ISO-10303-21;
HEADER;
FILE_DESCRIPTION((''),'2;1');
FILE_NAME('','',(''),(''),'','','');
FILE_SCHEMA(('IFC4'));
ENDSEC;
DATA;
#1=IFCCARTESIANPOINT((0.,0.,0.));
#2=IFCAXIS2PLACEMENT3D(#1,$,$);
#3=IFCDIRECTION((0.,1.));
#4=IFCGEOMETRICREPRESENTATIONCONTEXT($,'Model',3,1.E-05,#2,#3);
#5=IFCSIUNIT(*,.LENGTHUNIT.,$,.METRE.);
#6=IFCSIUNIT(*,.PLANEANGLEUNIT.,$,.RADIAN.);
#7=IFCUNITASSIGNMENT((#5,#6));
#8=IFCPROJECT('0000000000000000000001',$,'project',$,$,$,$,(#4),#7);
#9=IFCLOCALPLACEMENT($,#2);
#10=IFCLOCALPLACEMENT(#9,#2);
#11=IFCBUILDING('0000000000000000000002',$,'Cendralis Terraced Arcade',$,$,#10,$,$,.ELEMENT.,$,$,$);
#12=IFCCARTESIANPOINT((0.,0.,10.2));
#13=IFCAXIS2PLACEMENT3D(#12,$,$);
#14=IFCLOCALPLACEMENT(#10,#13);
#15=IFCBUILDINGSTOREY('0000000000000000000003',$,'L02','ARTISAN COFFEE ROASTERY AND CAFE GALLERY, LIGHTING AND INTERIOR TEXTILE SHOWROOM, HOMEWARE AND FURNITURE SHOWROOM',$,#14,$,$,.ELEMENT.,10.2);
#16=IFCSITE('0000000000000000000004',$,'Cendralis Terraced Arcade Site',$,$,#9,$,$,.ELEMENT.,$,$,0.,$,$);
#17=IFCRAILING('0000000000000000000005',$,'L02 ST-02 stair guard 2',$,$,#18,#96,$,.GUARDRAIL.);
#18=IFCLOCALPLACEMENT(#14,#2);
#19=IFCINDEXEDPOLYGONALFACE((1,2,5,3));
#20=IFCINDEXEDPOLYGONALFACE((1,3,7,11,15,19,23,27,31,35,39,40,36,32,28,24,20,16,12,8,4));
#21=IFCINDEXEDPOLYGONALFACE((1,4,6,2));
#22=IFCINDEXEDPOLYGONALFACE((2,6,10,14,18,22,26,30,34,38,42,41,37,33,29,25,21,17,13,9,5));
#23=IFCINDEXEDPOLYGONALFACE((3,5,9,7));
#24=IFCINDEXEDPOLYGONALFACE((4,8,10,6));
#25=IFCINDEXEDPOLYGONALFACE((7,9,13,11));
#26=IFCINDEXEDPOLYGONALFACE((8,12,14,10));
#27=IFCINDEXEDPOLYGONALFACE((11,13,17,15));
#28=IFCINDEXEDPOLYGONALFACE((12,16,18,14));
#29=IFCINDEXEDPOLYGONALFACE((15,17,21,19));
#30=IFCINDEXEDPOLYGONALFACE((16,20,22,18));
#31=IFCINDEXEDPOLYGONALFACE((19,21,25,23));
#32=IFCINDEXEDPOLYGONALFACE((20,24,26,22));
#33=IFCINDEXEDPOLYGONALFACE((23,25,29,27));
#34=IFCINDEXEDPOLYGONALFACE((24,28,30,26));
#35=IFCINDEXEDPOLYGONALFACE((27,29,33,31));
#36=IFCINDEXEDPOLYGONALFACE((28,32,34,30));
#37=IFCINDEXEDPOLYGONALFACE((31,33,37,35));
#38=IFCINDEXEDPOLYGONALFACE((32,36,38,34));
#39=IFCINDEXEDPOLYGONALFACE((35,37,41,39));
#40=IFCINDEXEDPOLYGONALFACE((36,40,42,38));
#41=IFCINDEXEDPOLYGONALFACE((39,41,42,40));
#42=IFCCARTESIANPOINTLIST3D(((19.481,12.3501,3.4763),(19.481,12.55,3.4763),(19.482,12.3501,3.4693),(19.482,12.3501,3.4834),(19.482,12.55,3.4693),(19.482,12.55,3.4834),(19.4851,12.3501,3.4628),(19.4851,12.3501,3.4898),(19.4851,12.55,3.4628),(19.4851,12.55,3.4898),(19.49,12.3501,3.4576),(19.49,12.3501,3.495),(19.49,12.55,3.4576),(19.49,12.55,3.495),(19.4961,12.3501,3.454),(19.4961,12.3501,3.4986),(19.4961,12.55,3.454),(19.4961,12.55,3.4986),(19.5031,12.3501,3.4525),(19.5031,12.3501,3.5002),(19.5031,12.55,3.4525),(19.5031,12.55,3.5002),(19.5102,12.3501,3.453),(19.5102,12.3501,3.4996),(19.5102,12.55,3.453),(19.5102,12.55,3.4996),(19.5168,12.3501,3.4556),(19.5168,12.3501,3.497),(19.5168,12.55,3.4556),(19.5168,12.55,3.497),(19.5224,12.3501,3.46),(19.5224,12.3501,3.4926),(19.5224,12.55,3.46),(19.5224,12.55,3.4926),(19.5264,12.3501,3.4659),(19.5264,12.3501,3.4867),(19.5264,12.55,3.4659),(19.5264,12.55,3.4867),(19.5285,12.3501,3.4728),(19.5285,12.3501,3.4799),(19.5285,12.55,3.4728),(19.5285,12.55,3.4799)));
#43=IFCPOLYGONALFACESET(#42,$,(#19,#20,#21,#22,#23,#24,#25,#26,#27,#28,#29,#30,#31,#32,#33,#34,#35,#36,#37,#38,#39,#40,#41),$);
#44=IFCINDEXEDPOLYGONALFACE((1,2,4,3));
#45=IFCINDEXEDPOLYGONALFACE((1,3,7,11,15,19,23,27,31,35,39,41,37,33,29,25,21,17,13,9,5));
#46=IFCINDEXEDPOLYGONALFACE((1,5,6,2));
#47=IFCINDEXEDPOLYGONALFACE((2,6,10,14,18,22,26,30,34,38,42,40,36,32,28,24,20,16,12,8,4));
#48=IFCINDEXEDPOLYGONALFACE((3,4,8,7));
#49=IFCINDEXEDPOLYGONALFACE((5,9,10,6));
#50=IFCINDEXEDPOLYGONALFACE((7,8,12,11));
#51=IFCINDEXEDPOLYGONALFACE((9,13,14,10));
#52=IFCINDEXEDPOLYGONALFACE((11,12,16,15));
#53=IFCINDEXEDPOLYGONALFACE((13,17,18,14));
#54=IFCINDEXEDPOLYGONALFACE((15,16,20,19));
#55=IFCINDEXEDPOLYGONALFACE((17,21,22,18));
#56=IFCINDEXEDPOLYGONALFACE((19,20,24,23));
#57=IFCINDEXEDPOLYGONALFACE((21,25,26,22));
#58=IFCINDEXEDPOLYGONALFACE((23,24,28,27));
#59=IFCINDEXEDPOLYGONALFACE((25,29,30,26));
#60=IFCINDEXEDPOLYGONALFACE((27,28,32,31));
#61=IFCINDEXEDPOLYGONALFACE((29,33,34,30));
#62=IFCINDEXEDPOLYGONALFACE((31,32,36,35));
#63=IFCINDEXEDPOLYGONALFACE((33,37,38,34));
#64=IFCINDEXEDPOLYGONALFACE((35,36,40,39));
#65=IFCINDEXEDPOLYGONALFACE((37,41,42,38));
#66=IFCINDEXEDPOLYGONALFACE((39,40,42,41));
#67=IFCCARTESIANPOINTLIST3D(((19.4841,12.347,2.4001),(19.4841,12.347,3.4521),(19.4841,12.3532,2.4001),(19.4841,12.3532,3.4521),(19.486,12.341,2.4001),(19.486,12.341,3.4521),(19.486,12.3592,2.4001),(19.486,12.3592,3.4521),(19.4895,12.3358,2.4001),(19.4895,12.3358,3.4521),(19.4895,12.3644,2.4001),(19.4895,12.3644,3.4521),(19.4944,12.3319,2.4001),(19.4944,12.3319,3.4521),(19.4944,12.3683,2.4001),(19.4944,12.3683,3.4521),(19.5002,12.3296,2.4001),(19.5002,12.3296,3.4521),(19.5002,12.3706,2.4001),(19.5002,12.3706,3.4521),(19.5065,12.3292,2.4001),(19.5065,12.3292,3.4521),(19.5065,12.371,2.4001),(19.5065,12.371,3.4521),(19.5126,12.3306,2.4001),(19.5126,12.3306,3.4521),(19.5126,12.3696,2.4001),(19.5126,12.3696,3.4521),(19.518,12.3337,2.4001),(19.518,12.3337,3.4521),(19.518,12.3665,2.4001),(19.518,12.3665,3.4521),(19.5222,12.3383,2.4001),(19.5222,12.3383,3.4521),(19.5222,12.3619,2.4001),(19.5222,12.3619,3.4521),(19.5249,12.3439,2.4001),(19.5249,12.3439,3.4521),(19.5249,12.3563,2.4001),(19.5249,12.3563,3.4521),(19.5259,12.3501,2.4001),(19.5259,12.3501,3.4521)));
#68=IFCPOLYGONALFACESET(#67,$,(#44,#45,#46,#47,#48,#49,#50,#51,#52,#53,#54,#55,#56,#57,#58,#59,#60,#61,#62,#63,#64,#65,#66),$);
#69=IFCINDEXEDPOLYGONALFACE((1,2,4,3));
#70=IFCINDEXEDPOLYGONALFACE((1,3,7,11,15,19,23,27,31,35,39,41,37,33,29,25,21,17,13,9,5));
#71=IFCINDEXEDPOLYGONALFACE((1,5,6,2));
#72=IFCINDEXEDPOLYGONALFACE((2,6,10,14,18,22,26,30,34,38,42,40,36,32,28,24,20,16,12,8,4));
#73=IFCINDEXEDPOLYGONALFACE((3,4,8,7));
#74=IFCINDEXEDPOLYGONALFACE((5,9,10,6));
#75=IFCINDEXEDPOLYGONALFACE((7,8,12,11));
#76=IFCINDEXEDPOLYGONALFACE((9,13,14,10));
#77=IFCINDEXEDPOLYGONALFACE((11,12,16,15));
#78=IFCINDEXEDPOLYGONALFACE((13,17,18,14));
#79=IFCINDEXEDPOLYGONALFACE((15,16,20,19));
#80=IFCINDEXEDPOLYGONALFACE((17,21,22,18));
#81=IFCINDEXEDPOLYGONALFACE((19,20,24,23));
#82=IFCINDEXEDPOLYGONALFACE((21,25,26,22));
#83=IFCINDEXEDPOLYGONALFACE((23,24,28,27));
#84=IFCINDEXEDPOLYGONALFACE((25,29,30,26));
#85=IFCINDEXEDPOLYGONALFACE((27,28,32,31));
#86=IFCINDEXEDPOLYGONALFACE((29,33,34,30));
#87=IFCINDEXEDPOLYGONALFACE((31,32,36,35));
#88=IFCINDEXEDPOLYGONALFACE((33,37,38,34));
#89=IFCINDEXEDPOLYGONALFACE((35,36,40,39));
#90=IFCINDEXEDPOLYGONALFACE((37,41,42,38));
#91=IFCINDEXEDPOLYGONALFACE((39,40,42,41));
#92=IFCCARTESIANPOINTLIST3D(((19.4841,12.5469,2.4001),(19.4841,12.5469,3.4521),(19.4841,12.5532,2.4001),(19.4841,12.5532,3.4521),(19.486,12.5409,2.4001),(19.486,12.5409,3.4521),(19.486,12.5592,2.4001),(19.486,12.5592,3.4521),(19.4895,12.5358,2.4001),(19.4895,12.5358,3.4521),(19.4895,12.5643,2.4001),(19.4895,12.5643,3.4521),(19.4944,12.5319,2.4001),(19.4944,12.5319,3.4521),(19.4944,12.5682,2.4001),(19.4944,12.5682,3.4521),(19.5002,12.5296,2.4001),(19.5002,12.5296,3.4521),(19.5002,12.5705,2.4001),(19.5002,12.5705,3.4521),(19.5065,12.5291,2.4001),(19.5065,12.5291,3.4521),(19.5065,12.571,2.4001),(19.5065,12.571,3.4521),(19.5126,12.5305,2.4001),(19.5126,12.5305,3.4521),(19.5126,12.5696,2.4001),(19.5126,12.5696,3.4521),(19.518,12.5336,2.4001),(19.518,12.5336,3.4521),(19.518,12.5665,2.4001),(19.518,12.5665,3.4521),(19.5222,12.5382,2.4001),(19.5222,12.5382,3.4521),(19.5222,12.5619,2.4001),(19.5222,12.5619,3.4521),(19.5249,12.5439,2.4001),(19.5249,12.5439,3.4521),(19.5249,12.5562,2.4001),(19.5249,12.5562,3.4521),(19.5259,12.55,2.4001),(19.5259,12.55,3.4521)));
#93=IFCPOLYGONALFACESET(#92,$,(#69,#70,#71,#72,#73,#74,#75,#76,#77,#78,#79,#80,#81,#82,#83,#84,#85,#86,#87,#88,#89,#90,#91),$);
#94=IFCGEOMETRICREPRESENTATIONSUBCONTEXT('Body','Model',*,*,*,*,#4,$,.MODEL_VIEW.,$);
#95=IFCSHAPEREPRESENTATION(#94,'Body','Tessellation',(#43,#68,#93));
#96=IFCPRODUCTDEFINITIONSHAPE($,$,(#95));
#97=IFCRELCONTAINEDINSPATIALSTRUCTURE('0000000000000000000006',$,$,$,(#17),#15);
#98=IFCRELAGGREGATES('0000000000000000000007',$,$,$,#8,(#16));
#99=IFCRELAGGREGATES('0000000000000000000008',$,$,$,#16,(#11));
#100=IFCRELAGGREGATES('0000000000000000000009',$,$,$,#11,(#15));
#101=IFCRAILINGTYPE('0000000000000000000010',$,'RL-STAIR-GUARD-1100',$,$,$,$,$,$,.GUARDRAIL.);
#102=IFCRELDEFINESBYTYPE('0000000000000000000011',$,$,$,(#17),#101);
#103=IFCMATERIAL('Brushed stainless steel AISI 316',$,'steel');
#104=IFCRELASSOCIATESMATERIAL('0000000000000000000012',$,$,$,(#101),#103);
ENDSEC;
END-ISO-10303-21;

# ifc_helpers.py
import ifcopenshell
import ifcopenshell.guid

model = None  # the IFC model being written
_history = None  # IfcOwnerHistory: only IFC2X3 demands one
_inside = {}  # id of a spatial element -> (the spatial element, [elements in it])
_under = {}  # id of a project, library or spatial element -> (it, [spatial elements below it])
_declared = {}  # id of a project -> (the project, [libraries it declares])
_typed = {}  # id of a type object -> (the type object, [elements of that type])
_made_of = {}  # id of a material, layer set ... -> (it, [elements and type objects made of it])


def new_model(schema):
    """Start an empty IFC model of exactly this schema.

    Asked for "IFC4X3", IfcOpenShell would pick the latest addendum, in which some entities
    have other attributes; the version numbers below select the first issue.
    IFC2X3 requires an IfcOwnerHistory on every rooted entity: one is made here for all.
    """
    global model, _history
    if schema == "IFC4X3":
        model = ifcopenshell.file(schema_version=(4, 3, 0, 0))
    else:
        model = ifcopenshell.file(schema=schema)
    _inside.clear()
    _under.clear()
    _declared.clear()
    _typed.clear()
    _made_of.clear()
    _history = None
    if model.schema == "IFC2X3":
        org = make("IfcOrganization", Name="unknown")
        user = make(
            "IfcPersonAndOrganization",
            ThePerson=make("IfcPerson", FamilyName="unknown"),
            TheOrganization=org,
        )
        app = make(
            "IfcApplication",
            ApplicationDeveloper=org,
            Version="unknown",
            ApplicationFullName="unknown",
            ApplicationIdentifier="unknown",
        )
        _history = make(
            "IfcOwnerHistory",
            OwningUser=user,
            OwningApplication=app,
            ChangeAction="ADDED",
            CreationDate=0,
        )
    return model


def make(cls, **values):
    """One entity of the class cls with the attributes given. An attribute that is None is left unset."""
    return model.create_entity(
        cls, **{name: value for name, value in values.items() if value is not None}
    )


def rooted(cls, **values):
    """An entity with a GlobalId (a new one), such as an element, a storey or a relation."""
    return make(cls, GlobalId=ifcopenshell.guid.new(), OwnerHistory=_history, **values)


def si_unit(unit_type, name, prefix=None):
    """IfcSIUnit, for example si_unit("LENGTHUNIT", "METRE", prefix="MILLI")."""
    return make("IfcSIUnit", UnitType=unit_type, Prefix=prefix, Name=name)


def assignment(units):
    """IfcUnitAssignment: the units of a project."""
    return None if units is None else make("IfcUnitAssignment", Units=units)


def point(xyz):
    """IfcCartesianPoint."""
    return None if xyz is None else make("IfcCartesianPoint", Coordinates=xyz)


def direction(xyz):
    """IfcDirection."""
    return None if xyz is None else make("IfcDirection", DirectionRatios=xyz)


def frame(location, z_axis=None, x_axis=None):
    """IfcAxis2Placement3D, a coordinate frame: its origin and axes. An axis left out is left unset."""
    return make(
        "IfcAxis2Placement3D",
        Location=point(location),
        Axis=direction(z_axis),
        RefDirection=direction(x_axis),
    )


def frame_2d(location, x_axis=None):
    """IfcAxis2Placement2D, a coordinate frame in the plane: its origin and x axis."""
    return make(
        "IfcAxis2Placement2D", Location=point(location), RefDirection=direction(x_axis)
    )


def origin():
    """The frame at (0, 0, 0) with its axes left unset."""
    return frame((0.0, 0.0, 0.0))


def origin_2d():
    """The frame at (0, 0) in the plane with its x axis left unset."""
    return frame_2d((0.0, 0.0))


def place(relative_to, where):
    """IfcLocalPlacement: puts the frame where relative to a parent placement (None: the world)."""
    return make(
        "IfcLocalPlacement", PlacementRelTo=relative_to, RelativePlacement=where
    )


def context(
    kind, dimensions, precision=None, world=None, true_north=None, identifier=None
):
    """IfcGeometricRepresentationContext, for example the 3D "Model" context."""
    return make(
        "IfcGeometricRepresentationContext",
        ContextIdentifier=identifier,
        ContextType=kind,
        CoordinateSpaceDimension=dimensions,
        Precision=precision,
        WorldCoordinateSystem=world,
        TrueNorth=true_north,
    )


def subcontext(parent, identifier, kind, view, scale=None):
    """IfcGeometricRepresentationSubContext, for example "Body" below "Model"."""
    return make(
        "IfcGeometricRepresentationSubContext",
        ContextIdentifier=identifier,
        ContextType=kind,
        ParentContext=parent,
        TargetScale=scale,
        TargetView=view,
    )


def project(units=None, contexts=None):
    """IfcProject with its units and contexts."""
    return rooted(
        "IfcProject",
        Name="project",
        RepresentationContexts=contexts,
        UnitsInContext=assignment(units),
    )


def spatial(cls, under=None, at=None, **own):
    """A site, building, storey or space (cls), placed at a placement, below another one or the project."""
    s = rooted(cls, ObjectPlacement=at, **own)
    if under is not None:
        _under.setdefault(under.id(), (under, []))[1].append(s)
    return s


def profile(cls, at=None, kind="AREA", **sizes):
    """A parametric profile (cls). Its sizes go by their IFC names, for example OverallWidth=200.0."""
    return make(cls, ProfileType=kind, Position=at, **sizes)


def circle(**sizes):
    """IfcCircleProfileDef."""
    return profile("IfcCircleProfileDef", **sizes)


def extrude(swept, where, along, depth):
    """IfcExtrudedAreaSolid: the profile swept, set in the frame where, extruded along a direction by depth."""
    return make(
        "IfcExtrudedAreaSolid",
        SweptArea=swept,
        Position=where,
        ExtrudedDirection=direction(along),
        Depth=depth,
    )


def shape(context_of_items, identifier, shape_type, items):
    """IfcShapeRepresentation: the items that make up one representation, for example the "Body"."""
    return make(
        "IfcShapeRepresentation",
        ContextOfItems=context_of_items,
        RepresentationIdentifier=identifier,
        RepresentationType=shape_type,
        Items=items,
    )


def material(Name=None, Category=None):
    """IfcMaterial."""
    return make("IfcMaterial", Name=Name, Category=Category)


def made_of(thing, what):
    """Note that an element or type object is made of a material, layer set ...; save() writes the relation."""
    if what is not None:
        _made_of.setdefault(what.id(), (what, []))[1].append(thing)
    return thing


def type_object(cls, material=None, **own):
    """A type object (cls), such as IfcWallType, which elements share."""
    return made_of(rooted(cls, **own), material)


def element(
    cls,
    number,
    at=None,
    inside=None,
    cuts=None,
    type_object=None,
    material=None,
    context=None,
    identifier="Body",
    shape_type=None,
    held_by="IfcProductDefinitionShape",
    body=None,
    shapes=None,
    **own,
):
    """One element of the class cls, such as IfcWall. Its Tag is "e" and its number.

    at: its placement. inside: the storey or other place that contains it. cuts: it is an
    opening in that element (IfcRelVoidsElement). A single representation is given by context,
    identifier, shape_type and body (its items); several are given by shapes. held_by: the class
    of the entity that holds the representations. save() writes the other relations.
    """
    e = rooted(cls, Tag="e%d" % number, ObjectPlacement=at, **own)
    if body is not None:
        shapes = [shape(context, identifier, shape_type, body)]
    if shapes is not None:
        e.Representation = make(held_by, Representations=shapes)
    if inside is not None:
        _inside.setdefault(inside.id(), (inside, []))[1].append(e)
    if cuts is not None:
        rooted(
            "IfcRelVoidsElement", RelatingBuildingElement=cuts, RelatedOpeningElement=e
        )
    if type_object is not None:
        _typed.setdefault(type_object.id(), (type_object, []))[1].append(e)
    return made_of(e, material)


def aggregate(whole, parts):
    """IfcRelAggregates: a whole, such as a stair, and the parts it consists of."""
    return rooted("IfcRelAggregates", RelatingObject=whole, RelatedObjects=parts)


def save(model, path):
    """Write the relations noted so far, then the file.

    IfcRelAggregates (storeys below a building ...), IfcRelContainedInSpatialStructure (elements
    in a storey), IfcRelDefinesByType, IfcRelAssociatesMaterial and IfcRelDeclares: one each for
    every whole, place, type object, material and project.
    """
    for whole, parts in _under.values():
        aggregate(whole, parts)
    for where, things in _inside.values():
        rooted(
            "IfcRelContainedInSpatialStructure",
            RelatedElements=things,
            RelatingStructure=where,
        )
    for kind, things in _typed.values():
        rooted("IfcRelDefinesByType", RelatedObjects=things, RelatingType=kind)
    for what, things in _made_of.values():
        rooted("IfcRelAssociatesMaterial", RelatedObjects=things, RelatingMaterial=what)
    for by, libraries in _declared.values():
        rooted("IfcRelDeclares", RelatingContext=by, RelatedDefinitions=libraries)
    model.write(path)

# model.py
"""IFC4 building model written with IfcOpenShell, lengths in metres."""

from ifc_helpers import new_model, si_unit, direction, frame, origin, origin_2d, place, context, subcontext, project, spatial, circle, extrude, material, type_object, element, save


model = new_model("IFC4")

# Units and contexts
model_context = context("Model", 3, precision=1e-05, world=origin(), true_north=direction((0.0, 1.0)))
body_context = subcontext(model_context, "Body", "Model", "MODEL_VIEW")
ifc_project = project(units=[si_unit("LENGTHUNIT", "METRE"), si_unit("PLANEANGLEUNIT", "RADIAN")], contexts=[model_context])

# Site, building, storey
site_placement = place(None, origin())
site = spatial("IfcSite", under=ifc_project, at=site_placement, Name="Cendralis Terraced Arcade Site", CompositionType="ELEMENT", RefElevation=0.0)
building_placement = place(site_placement, origin())
building = spatial("IfcBuilding", under=site, at=building_placement, Name="Cendralis Terraced Arcade", CompositionType="ELEMENT")
storey_placement = place(building_placement, frame((0.0, 0.0, 10.2)))
storey = spatial("IfcBuildingStorey", under=building, at=storey_placement, Name="L02", Description="ARTISAN COFFEE ROASTERY AND CAFE GALLERY, LIGHTING AND INTERIOR TEXTILE SHOWROOM, HOMEWARE AND FURNITURE SHOWROOM", CompositionType="ELEMENT", Elevation=10.2)

# Railing
ifc_material_1 = material(Name="Brushed stainless steel AISI 316", Category="steel")
railing_type_1 = type_object("IfcRailingType", Name="RL-STAIR-GUARD-1100", PredefinedType="GUARDRAIL", material=ifc_material_1)
railing_1_placement = place(storey_placement, frame((19.5049, 12.3501, 2.4001)))
element("IfcRailing", 1, at=railing_1_placement, inside=storey, type_object=railing_type_1, Name="L02 ST-02 stair guard 2", PredefinedType="GUARDRAIL", context=body_context, shape_type="SweptSolid", body=[
    extrude(circle(Radius=0.0239, at=origin_2d()), frame((0.0, 0.0, 1.0762), z_axis=(0.0, 1.0, 0.0), x_axis=(-1.0, 0.0, 0.0)), (0.0, 0.0, 1.0), 0.2),
    extrude(circle(Radius=0.021, at=origin_2d()), origin(), (0.0, 0.0, 1.0), 1.052),
    extrude(circle(Radius=0.021, at=origin_2d()), frame((0.0, 0.2, 0.0)), (0.0, 0.0, 1.0), 1.052),
])

save(model, "model.ifc")
